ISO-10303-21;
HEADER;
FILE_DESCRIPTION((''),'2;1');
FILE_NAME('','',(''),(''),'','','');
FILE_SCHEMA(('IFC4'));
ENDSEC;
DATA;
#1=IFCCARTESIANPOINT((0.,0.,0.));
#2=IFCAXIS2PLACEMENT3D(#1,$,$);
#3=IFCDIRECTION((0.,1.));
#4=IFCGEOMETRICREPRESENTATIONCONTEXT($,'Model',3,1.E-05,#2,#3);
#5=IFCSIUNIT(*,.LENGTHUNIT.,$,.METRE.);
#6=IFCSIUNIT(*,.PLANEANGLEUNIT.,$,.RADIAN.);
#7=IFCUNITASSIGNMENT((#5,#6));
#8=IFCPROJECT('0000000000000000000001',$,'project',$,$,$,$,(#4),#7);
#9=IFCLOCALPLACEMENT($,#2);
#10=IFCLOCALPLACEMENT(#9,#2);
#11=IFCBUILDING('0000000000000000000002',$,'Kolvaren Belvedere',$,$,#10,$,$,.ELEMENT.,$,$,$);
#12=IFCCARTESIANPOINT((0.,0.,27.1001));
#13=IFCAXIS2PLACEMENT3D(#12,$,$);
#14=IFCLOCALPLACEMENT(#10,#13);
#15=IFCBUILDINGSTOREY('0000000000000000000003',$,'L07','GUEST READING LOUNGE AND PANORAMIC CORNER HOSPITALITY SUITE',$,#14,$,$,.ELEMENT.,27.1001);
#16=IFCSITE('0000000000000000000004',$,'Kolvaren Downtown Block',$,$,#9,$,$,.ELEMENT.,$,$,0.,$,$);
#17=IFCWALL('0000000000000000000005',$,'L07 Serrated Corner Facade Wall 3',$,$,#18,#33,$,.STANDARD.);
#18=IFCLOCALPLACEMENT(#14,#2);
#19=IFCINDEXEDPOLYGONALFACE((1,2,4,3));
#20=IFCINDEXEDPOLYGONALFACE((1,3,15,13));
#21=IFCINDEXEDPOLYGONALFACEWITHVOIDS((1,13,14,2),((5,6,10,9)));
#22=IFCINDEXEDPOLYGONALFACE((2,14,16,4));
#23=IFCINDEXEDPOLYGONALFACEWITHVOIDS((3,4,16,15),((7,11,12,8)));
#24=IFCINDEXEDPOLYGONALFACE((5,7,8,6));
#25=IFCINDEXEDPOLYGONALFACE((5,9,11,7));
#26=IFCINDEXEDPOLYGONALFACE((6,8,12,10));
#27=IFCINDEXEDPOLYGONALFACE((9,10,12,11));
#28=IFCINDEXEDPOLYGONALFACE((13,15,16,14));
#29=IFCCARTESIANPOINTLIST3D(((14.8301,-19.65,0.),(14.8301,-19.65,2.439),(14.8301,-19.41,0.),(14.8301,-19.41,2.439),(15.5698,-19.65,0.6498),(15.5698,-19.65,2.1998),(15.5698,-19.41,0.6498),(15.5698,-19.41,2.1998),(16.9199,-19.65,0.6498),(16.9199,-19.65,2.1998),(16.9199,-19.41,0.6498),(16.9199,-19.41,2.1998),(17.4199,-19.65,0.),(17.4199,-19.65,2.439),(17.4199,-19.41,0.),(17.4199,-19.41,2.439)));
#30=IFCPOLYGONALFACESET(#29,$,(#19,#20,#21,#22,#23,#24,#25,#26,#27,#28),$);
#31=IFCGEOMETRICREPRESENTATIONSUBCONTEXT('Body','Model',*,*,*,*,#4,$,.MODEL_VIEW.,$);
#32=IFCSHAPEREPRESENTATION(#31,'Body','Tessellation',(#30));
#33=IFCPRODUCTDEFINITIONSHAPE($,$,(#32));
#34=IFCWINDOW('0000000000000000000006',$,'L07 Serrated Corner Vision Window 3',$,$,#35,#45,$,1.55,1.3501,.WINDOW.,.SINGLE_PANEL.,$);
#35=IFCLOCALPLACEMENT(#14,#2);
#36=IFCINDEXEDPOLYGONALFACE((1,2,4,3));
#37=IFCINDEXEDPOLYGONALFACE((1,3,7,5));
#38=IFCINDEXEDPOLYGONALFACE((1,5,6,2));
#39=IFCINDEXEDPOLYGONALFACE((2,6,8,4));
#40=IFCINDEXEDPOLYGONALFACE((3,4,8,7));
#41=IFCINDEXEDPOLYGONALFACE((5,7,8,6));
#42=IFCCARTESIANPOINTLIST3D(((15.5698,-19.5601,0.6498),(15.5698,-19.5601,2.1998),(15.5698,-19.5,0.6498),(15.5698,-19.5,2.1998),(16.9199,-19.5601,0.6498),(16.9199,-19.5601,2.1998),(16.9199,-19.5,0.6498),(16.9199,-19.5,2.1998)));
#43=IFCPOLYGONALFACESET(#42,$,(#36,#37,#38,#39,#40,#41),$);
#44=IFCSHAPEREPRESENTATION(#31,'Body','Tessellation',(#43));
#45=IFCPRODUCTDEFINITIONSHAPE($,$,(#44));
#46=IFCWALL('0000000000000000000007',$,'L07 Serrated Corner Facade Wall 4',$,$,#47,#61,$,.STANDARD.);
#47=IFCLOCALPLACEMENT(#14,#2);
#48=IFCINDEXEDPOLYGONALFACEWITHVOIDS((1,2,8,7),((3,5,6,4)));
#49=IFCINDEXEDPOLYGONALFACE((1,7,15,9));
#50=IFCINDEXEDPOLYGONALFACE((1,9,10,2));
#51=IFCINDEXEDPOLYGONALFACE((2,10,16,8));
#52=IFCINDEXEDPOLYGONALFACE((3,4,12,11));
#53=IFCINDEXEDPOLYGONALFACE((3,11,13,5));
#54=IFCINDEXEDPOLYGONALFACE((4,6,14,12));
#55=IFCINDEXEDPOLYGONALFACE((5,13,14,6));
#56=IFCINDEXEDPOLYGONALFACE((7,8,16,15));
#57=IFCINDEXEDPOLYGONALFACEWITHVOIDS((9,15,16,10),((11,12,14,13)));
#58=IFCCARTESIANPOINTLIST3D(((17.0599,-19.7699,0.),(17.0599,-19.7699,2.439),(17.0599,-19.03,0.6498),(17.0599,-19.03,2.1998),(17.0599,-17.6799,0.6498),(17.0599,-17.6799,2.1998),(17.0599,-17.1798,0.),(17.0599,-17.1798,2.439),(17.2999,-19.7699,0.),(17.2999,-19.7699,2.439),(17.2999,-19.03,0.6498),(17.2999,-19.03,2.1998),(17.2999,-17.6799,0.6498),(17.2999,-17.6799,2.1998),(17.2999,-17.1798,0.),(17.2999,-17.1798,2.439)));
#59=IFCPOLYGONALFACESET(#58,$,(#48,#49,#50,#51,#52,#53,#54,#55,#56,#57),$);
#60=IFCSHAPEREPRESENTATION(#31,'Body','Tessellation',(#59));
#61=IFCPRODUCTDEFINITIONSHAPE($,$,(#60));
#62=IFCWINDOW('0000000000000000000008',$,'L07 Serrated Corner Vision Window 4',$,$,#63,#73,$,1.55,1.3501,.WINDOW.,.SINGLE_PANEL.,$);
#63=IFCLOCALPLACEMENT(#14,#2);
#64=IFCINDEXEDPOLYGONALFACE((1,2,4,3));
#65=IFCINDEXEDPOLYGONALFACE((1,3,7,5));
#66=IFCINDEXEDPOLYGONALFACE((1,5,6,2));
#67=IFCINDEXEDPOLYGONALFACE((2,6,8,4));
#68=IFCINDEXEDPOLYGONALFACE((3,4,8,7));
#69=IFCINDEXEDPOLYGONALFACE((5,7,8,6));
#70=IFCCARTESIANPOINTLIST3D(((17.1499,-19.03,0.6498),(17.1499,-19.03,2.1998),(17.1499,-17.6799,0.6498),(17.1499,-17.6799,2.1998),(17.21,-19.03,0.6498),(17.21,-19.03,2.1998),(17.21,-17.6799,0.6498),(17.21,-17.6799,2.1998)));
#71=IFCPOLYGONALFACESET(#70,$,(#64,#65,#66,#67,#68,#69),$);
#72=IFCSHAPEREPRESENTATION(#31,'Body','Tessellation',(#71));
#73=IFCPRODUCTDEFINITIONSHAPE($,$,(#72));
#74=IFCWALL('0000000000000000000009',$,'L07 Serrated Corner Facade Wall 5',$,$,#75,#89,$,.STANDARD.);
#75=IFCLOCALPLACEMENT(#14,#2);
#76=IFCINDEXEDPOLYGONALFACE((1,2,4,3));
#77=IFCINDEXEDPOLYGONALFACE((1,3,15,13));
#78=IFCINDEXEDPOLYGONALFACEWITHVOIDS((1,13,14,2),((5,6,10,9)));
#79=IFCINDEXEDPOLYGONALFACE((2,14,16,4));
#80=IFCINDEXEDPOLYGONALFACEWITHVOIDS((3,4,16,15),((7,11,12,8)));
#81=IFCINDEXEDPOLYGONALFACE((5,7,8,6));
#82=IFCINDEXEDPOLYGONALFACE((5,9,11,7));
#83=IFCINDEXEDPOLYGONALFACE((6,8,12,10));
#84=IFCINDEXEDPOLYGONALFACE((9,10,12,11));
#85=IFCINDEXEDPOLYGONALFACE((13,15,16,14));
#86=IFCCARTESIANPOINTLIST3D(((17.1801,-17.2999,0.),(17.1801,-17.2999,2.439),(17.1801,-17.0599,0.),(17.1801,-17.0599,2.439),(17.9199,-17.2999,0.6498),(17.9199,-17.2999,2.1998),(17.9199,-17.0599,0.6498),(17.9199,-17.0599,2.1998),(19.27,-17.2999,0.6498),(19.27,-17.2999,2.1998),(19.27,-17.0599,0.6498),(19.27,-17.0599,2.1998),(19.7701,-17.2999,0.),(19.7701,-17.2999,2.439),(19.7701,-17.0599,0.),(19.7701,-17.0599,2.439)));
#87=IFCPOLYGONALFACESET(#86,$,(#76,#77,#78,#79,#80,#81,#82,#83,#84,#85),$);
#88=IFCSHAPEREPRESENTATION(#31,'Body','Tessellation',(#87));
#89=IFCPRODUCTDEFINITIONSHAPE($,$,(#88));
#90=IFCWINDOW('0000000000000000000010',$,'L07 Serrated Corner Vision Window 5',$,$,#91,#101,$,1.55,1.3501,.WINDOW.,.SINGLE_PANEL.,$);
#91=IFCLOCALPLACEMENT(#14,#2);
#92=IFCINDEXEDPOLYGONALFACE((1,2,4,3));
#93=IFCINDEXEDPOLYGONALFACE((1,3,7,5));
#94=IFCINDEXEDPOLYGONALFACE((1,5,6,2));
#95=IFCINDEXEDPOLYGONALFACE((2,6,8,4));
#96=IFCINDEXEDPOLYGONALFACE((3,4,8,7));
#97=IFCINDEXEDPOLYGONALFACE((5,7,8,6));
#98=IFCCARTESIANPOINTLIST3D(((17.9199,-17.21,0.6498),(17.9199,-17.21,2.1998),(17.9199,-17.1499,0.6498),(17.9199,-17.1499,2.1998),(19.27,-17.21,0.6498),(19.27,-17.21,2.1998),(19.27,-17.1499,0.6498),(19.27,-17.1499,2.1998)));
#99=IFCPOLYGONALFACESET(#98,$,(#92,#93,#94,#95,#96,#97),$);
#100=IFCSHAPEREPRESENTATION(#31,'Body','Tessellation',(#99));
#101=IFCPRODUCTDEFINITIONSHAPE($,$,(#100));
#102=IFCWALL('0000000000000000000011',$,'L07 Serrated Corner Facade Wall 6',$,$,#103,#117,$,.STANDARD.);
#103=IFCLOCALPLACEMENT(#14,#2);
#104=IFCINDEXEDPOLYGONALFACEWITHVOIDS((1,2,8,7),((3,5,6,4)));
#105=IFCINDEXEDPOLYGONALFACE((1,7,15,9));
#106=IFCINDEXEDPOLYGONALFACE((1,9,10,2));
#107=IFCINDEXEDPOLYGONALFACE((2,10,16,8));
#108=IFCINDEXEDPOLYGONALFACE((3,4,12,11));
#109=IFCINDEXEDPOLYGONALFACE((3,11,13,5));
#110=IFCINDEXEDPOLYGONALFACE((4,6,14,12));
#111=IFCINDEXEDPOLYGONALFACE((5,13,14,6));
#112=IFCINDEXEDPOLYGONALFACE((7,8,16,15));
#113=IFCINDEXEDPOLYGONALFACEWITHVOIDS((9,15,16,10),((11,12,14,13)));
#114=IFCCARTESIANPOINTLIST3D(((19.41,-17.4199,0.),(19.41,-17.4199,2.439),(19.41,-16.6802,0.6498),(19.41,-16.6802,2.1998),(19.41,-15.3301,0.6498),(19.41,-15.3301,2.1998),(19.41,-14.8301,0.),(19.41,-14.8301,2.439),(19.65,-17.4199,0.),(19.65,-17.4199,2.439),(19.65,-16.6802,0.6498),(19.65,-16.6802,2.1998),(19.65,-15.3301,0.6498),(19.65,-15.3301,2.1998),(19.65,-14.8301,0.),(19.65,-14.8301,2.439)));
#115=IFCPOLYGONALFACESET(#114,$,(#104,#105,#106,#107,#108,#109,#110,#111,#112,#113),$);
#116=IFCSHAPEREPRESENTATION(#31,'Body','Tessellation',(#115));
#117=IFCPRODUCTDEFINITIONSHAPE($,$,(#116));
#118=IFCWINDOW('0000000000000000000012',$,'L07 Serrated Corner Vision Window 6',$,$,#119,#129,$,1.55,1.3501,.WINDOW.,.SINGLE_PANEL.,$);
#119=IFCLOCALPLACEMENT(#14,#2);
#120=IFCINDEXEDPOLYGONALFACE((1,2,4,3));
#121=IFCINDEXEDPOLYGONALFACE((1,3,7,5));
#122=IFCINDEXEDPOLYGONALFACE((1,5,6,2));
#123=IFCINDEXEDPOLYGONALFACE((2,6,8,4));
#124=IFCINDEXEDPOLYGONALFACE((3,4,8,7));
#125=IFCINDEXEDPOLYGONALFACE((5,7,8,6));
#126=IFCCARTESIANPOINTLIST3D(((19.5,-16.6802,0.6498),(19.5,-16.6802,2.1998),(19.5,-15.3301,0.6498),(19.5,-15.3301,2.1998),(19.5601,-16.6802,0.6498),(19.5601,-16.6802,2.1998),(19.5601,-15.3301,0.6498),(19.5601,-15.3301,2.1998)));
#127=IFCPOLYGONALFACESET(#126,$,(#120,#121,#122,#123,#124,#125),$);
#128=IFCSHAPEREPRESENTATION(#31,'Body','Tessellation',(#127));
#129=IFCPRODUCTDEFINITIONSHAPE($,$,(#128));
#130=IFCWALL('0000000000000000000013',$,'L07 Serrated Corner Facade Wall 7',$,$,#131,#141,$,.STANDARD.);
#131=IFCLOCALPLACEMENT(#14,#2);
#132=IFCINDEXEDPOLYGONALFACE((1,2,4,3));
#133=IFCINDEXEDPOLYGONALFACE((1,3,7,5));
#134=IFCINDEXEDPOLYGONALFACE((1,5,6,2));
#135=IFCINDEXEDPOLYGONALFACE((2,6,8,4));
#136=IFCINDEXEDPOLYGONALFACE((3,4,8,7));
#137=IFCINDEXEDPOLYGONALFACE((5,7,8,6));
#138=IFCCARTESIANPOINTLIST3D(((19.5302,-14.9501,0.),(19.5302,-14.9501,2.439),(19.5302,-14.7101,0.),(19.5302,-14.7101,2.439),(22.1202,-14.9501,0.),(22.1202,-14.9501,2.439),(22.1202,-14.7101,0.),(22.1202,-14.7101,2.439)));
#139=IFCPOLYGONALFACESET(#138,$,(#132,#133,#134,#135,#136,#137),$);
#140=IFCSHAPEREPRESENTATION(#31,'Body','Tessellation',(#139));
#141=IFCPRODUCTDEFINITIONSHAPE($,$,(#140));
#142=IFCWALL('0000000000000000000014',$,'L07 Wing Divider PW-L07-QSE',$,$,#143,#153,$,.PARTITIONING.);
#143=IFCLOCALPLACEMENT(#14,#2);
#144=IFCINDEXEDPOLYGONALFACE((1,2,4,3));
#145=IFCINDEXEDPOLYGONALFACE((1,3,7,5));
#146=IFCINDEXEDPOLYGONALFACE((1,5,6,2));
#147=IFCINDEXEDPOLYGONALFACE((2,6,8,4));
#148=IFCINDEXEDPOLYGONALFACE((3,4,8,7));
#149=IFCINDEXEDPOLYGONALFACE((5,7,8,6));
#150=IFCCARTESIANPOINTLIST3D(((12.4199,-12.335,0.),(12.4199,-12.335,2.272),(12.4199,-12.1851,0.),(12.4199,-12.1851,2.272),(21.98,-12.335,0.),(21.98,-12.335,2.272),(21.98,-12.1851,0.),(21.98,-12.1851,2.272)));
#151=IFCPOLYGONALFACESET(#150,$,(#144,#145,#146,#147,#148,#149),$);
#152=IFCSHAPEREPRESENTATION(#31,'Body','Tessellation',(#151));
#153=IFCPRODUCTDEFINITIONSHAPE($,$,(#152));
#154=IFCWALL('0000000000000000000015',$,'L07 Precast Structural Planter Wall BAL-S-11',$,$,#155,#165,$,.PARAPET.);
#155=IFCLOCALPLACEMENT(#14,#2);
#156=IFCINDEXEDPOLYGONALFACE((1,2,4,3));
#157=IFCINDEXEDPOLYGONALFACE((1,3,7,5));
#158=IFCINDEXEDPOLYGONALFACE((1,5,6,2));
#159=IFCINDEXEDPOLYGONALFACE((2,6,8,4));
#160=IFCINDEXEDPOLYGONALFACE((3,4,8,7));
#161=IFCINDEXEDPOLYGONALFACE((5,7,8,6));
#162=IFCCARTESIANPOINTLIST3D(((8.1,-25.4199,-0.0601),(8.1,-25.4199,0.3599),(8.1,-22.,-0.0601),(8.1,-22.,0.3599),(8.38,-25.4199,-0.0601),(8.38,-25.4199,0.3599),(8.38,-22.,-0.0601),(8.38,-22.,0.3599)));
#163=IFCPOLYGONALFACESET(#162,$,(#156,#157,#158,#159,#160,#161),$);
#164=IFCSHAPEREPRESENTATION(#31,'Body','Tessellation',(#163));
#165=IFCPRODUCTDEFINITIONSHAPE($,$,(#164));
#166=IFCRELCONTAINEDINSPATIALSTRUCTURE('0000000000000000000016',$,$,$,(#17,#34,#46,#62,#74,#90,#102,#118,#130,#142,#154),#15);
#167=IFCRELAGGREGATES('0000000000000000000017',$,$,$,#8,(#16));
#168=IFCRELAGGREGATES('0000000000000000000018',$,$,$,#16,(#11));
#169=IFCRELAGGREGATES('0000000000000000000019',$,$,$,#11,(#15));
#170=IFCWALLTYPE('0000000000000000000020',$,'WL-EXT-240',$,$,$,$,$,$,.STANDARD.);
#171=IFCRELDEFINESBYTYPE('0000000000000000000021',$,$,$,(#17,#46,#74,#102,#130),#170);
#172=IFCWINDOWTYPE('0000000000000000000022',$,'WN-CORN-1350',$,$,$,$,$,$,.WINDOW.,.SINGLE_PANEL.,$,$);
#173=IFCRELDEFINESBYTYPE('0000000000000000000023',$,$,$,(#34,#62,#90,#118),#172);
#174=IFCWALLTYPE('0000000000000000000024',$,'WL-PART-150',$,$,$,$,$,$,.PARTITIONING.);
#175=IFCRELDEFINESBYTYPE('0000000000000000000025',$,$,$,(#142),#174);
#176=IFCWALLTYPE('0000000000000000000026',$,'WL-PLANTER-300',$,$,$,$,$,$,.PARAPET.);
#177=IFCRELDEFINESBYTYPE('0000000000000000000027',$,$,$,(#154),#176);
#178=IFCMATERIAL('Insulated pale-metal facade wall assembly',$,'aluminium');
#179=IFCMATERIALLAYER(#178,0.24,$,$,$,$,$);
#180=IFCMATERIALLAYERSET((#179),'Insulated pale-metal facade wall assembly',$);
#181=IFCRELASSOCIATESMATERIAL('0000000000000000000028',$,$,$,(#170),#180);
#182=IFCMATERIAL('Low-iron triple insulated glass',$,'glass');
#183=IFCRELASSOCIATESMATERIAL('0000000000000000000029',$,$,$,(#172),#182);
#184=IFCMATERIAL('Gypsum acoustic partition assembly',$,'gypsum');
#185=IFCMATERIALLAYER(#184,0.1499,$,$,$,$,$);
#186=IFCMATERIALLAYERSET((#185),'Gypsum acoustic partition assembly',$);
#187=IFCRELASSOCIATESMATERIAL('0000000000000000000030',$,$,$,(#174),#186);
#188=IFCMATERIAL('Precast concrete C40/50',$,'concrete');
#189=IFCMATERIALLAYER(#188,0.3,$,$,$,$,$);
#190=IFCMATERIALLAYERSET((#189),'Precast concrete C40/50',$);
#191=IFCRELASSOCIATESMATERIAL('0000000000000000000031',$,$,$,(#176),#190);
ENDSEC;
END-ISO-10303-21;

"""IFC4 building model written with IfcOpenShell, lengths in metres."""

from ifc_helpers import new_model, si_unit, direction, frame, frame_2d, origin, place, context, subcontext, project, spatial, rectangle, extrude, material, layer, layer_set, type_object, element, fill, save


model = new_model("IFC4")

# Units and contexts
model_context = context("Model", 3, precision=1e-05, world=origin(), true_north=direction((0.0, 1.0)))
body_context = subcontext(model_context, "Body", "Model", "MODEL_VIEW")
ifc_project = project(units=[si_unit("LENGTHUNIT", "METRE"), si_unit("PLANEANGLEUNIT", "RADIAN")], contexts=[model_context])

# Site, building, storey
site_placement = place(None, origin())
site = spatial("IfcSite", under=ifc_project, at=site_placement, Name="Kolvaren Downtown Block", CompositionType="ELEMENT", RefElevation=0.0)
building_placement = place(site_placement, origin())
building = spatial("IfcBuilding", under=site, at=building_placement, Name="Kolvaren Belvedere", CompositionType="ELEMENT")
storey_placement = place(building_placement, frame((0.0, 0.0, 27.1001)))
storey = spatial("IfcBuildingStorey", under=building, at=storey_placement, Name="L07", Description="GUEST READING LOUNGE AND PANORAMIC CORNER HOSPITALITY SUITE", CompositionType="ELEMENT", Elevation=27.1001)

# Shared definitions
ifc_material_1 = material(Name="Insulated pale-metal facade wall assembly", Category="aluminium")
ifc_layer_1 = layer(ifc_material_1, 0.24)
ifc_layer_set_1 = layer_set([ifc_layer_1], Name="Insulated pale-metal facade wall assembly")
wall_type_1 = type_object("IfcWallType", Name="WL-EXT-240", PredefinedType="STANDARD", material=ifc_layer_set_1)

# Walls, openings, windows
wall_1_placement = place(storey_placement, frame((17.4199, -19.53, 0.0), z_axis=(0.0, 0.0, 1.0), x_axis=(-1.0, 0.0, 0.0)))
wall_1 = element("IfcWall", 1, at=wall_1_placement, inside=storey, type_object=wall_type_1, Name="L07 Serrated Corner Facade Wall 3", PredefinedType="STANDARD", context=body_context, shape_type="SweptSolid", body=[
    extrude(rectangle(XDim=2.5898, YDim=0.24, at=frame_2d((1.2949, 0.0))), origin(), (0.0, 0.0, 1.0), 2.439),
])
opening_1_placement = place(wall_1_placement, frame((0.5, 0.0, 0.6499)))
opening_1 = element("IfcOpeningElement", 2, at=opening_1_placement, cuts=wall_1, PredefinedType="OPENING", context=body_context, shape_type="SweptSolid", body=[
    extrude(rectangle(XDim=1.3501, YDim=1.55, at=frame_2d((0.675, 0.7749))), frame((0.0, 0.1299, 0.0), z_axis=(0.0, -1.0, 0.0), x_axis=(1.0, 0.0, 0.0)), (0.0, 0.0, 1.0), 0.26),
])
ifc_material_2 = material(Name="Low-iron triple insulated glass", Category="glass")
window_type = type_object("IfcWindowType", Name="WN-CORN-1350", PartitioningType="SINGLE_PANEL", PredefinedType="WINDOW", material=ifc_material_2)
window_1_placement = place(opening_1_placement, origin())
window_1 = element("IfcWindow", 3, at=window_1_placement, inside=storey, type_object=window_type, Name="L07 Serrated Corner Vision Window 3", OverallHeight=1.55, OverallWidth=1.3501, PartitioningType="SINGLE_PANEL", PredefinedType="WINDOW", context=body_context, shape_type="SweptSolid", body=[
    extrude(rectangle(XDim=1.3501, YDim=1.55, at=frame_2d((0.675, 0.7749))), frame((0.0, 0.03, 0.0), z_axis=(0.0, -1.0, 0.0), x_axis=(1.0, 0.0, 0.0)), (0.0, 0.0, 1.0), 0.0601),
])
fill(opening_1, window_1)
wall_2_placement = place(storey_placement, frame((17.1799, -17.1799, 0.0), z_axis=(0.0, 0.0, 1.0), x_axis=(0.0, -1.0, 0.0)))
wall_2 = element("IfcWall", 4, at=wall_2_placement, inside=storey, type_object=wall_type_1, Name="L07 Serrated Corner Facade Wall 4", PredefinedType="STANDARD", context=body_context, shape_type="SweptSolid", body=[
    extrude(rectangle(XDim=2.5901, YDim=0.24, at=frame_2d((1.2949, 0.0))), origin(), (0.0, 0.0, 1.0), 2.439),
])
opening_2_placement = place(wall_2_placement, frame((0.5, 0.0, 0.6499)))
opening_2 = element("IfcOpeningElement", 5, at=opening_2_placement, cuts=wall_2, PredefinedType="OPENING", context=body_context, shape_type="SweptSolid", body=[
    extrude(rectangle(XDim=1.3501, YDim=1.55, at=frame_2d((0.675, 0.7749))), frame((0.0, 0.1299, 0.0), z_axis=(0.0, -1.0, 0.0), x_axis=(1.0, 0.0, 0.0)), (0.0, 0.0, 1.0), 0.26),
])
window_2_placement = place(opening_2_placement, origin())
window_2 = element("IfcWindow", 6, at=window_2_placement, inside=storey, type_object=window_type, Name="L07 Serrated Corner Vision Window 4", OverallHeight=1.55, OverallWidth=1.3501, PartitioningType="SINGLE_PANEL", PredefinedType="WINDOW", context=body_context, shape_type="SweptSolid", body=[
    extrude(rectangle(XDim=1.3501, YDim=1.55, at=frame_2d((0.675, 0.7749))), frame((0.0, 0.03, 0.0), z_axis=(0.0, -1.0, 0.0), x_axis=(1.0, 0.0, 0.0)), (0.0, 0.0, 1.0), 0.0601),
])
fill(opening_2, window_2)
wall_3_placement = place(storey_placement, frame((19.77, -17.1799, 0.0), z_axis=(0.0, 0.0, 1.0), x_axis=(-1.0, 0.0, 0.0)))
wall_3 = element("IfcWall", 7, at=wall_3_placement, inside=storey, type_object=wall_type_1, Name="L07 Serrated Corner Facade Wall 5", PredefinedType="STANDARD", context=body_context, shape_type="SweptSolid", body=[
    extrude(rectangle(XDim=2.5901, YDim=0.24, at=frame_2d((1.2949, 0.0))), origin(), (0.0, 0.0, 1.0), 2.439),
])
opening_3_placement = place(wall_3_placement, frame((0.5, 0.0, 0.6499)))
opening_3 = element("IfcOpeningElement", 8, at=opening_3_placement, cuts=wall_3, PredefinedType="OPENING", context=body_context, shape_type="SweptSolid", body=[
    extrude(rectangle(XDim=1.3501, YDim=1.55, at=frame_2d((0.675, 0.7749))), frame((0.0, 0.1299, 0.0), z_axis=(0.0, -1.0, 0.0), x_axis=(1.0, 0.0, 0.0)), (0.0, 0.0, 1.0), 0.26),
])
window_3_placement = place(opening_3_placement, origin())
window_3 = element("IfcWindow", 9, at=window_3_placement, inside=storey, type_object=window_type, Name="L07 Serrated Corner Vision Window 5", OverallHeight=1.55, OverallWidth=1.3501, PartitioningType="SINGLE_PANEL", PredefinedType="WINDOW", context=body_context, shape_type="SweptSolid", body=[
    extrude(rectangle(XDim=1.3501, YDim=1.55, at=frame_2d((0.675, 0.7749))), frame((0.0, 0.03, 0.0), z_axis=(0.0, -1.0, 0.0), x_axis=(1.0, 0.0, 0.0)), (0.0, 0.0, 1.0), 0.0601),
])
fill(opening_3, window_3)
wall_4_placement = place(storey_placement, frame((19.53, -14.8301, 0.0), z_axis=(0.0, 0.0, 1.0), x_axis=(0.0, -1.0, 0.0)))
wall_4 = element("IfcWall", 10, at=wall_4_placement, inside=storey, type_object=wall_type_1, Name="L07 Serrated Corner Facade Wall 6", PredefinedType="STANDARD", context=body_context, shape_type="SweptSolid", body=[
    extrude(rectangle(XDim=2.5898, YDim=0.24, at=frame_2d((1.2949, 0.0))), origin(), (0.0, 0.0, 1.0), 2.439),
])
opening_4_placement = place(wall_4_placement, frame((0.5, 0.0, 0.6499)))
opening_4 = element("IfcOpeningElement", 11, at=opening_4_placement, cuts=wall_4, PredefinedType="OPENING", context=body_context, shape_type="SweptSolid", body=[
    extrude(rectangle(XDim=1.3501, YDim=1.55, at=frame_2d((0.675, 0.7749))), frame((0.0, 0.1299, 0.0), z_axis=(0.0, -1.0, 0.0), x_axis=(1.0, 0.0, 0.0)), (0.0, 0.0, 1.0), 0.26),
])
window_4_placement = place(opening_4_placement, origin())
window_4 = element("IfcWindow", 12, at=window_4_placement, inside=storey, type_object=window_type, Name="L07 Serrated Corner Vision Window 6", OverallHeight=1.55, OverallWidth=1.3501, PartitioningType="SINGLE_PANEL", PredefinedType="WINDOW", context=body_context, shape_type="SweptSolid", body=[
    extrude(rectangle(XDim=1.3501, YDim=1.55, at=frame_2d((0.675, 0.7749))), frame((0.0, 0.03, 0.0), z_axis=(0.0, -1.0, 0.0), x_axis=(1.0, 0.0, 0.0)), (0.0, 0.0, 1.0), 0.0601),
])
fill(opening_4, window_4)

# Walls
wall_5_placement = place(storey_placement, frame((22.1201, -14.8301, 0.0), z_axis=(0.0, 0.0, 1.0), x_axis=(-1.0, 0.0, 0.0)))
element("IfcWall", 13, at=wall_5_placement, inside=storey, type_object=wall_type_1, Name="L07 Serrated Corner Facade Wall 7", PredefinedType="STANDARD", context=body_context, shape_type="SweptSolid", body=[
    extrude(rectangle(XDim=2.5901, YDim=0.24, at=frame_2d((1.2949, 0.0))), origin(), (0.0, 0.0, 1.0), 2.439),
])
ifc_material_3 = material(Name="Gypsum acoustic partition assembly", Category="gypsum")
ifc_layer_2 = layer(ifc_material_3, 0.1499)
ifc_layer_set_2 = layer_set([ifc_layer_2], Name="Gypsum acoustic partition assembly")
wall_type_2 = type_object("IfcWallType", Name="WL-PART-150", PredefinedType="PARTITIONING", material=ifc_layer_set_2)
wall_6_placement = place(storey_placement, frame((12.4199, -12.26, 0.0), z_axis=(0.0, 0.0, 1.0), x_axis=(1.0, 0.0, 0.0)))
element("IfcWall", 14, at=wall_6_placement, inside=storey, type_object=wall_type_2, Name="L07 Wing Divider PW-L07-QSE", PredefinedType="PARTITIONING", context=body_context, shape_type="SweptSolid", body=[
    extrude(rectangle(XDim=9.5601, YDim=0.1499, at=frame_2d((4.78, 0.0))), origin(), (0.0, 0.0, 1.0), 2.272),
])
ifc_material_4 = material(Name="Precast concrete C40/50", Category="concrete")
ifc_layer_3 = layer(ifc_material_4, 0.3)
ifc_layer_set_3 = layer_set([ifc_layer_3], Name="Precast concrete C40/50")
wall_type_3 = type_object("IfcWallType", Name="WL-PLANTER-300", PredefinedType="PARAPET", material=ifc_layer_set_3)
wall_7_placement = place(storey_placement, frame((8.24, -25.4199, -0.0601), z_axis=(0.0, 0.0, 1.0), x_axis=(0.0, 1.0, 0.0)))
element("IfcWall", 15, at=wall_7_placement, inside=storey, type_object=wall_type_3, Name="L07 Precast Structural Planter Wall BAL-S-11", PredefinedType="PARAPET", context=body_context, shape_type="SweptSolid", body=[
    extrude(rectangle(XDim=3.4199, YDim=0.28, at=frame_2d((1.71, 0.0))), origin(), (0.0, 0.0, 1.0), 0.4199),
])

save(model, "model.ifc")
